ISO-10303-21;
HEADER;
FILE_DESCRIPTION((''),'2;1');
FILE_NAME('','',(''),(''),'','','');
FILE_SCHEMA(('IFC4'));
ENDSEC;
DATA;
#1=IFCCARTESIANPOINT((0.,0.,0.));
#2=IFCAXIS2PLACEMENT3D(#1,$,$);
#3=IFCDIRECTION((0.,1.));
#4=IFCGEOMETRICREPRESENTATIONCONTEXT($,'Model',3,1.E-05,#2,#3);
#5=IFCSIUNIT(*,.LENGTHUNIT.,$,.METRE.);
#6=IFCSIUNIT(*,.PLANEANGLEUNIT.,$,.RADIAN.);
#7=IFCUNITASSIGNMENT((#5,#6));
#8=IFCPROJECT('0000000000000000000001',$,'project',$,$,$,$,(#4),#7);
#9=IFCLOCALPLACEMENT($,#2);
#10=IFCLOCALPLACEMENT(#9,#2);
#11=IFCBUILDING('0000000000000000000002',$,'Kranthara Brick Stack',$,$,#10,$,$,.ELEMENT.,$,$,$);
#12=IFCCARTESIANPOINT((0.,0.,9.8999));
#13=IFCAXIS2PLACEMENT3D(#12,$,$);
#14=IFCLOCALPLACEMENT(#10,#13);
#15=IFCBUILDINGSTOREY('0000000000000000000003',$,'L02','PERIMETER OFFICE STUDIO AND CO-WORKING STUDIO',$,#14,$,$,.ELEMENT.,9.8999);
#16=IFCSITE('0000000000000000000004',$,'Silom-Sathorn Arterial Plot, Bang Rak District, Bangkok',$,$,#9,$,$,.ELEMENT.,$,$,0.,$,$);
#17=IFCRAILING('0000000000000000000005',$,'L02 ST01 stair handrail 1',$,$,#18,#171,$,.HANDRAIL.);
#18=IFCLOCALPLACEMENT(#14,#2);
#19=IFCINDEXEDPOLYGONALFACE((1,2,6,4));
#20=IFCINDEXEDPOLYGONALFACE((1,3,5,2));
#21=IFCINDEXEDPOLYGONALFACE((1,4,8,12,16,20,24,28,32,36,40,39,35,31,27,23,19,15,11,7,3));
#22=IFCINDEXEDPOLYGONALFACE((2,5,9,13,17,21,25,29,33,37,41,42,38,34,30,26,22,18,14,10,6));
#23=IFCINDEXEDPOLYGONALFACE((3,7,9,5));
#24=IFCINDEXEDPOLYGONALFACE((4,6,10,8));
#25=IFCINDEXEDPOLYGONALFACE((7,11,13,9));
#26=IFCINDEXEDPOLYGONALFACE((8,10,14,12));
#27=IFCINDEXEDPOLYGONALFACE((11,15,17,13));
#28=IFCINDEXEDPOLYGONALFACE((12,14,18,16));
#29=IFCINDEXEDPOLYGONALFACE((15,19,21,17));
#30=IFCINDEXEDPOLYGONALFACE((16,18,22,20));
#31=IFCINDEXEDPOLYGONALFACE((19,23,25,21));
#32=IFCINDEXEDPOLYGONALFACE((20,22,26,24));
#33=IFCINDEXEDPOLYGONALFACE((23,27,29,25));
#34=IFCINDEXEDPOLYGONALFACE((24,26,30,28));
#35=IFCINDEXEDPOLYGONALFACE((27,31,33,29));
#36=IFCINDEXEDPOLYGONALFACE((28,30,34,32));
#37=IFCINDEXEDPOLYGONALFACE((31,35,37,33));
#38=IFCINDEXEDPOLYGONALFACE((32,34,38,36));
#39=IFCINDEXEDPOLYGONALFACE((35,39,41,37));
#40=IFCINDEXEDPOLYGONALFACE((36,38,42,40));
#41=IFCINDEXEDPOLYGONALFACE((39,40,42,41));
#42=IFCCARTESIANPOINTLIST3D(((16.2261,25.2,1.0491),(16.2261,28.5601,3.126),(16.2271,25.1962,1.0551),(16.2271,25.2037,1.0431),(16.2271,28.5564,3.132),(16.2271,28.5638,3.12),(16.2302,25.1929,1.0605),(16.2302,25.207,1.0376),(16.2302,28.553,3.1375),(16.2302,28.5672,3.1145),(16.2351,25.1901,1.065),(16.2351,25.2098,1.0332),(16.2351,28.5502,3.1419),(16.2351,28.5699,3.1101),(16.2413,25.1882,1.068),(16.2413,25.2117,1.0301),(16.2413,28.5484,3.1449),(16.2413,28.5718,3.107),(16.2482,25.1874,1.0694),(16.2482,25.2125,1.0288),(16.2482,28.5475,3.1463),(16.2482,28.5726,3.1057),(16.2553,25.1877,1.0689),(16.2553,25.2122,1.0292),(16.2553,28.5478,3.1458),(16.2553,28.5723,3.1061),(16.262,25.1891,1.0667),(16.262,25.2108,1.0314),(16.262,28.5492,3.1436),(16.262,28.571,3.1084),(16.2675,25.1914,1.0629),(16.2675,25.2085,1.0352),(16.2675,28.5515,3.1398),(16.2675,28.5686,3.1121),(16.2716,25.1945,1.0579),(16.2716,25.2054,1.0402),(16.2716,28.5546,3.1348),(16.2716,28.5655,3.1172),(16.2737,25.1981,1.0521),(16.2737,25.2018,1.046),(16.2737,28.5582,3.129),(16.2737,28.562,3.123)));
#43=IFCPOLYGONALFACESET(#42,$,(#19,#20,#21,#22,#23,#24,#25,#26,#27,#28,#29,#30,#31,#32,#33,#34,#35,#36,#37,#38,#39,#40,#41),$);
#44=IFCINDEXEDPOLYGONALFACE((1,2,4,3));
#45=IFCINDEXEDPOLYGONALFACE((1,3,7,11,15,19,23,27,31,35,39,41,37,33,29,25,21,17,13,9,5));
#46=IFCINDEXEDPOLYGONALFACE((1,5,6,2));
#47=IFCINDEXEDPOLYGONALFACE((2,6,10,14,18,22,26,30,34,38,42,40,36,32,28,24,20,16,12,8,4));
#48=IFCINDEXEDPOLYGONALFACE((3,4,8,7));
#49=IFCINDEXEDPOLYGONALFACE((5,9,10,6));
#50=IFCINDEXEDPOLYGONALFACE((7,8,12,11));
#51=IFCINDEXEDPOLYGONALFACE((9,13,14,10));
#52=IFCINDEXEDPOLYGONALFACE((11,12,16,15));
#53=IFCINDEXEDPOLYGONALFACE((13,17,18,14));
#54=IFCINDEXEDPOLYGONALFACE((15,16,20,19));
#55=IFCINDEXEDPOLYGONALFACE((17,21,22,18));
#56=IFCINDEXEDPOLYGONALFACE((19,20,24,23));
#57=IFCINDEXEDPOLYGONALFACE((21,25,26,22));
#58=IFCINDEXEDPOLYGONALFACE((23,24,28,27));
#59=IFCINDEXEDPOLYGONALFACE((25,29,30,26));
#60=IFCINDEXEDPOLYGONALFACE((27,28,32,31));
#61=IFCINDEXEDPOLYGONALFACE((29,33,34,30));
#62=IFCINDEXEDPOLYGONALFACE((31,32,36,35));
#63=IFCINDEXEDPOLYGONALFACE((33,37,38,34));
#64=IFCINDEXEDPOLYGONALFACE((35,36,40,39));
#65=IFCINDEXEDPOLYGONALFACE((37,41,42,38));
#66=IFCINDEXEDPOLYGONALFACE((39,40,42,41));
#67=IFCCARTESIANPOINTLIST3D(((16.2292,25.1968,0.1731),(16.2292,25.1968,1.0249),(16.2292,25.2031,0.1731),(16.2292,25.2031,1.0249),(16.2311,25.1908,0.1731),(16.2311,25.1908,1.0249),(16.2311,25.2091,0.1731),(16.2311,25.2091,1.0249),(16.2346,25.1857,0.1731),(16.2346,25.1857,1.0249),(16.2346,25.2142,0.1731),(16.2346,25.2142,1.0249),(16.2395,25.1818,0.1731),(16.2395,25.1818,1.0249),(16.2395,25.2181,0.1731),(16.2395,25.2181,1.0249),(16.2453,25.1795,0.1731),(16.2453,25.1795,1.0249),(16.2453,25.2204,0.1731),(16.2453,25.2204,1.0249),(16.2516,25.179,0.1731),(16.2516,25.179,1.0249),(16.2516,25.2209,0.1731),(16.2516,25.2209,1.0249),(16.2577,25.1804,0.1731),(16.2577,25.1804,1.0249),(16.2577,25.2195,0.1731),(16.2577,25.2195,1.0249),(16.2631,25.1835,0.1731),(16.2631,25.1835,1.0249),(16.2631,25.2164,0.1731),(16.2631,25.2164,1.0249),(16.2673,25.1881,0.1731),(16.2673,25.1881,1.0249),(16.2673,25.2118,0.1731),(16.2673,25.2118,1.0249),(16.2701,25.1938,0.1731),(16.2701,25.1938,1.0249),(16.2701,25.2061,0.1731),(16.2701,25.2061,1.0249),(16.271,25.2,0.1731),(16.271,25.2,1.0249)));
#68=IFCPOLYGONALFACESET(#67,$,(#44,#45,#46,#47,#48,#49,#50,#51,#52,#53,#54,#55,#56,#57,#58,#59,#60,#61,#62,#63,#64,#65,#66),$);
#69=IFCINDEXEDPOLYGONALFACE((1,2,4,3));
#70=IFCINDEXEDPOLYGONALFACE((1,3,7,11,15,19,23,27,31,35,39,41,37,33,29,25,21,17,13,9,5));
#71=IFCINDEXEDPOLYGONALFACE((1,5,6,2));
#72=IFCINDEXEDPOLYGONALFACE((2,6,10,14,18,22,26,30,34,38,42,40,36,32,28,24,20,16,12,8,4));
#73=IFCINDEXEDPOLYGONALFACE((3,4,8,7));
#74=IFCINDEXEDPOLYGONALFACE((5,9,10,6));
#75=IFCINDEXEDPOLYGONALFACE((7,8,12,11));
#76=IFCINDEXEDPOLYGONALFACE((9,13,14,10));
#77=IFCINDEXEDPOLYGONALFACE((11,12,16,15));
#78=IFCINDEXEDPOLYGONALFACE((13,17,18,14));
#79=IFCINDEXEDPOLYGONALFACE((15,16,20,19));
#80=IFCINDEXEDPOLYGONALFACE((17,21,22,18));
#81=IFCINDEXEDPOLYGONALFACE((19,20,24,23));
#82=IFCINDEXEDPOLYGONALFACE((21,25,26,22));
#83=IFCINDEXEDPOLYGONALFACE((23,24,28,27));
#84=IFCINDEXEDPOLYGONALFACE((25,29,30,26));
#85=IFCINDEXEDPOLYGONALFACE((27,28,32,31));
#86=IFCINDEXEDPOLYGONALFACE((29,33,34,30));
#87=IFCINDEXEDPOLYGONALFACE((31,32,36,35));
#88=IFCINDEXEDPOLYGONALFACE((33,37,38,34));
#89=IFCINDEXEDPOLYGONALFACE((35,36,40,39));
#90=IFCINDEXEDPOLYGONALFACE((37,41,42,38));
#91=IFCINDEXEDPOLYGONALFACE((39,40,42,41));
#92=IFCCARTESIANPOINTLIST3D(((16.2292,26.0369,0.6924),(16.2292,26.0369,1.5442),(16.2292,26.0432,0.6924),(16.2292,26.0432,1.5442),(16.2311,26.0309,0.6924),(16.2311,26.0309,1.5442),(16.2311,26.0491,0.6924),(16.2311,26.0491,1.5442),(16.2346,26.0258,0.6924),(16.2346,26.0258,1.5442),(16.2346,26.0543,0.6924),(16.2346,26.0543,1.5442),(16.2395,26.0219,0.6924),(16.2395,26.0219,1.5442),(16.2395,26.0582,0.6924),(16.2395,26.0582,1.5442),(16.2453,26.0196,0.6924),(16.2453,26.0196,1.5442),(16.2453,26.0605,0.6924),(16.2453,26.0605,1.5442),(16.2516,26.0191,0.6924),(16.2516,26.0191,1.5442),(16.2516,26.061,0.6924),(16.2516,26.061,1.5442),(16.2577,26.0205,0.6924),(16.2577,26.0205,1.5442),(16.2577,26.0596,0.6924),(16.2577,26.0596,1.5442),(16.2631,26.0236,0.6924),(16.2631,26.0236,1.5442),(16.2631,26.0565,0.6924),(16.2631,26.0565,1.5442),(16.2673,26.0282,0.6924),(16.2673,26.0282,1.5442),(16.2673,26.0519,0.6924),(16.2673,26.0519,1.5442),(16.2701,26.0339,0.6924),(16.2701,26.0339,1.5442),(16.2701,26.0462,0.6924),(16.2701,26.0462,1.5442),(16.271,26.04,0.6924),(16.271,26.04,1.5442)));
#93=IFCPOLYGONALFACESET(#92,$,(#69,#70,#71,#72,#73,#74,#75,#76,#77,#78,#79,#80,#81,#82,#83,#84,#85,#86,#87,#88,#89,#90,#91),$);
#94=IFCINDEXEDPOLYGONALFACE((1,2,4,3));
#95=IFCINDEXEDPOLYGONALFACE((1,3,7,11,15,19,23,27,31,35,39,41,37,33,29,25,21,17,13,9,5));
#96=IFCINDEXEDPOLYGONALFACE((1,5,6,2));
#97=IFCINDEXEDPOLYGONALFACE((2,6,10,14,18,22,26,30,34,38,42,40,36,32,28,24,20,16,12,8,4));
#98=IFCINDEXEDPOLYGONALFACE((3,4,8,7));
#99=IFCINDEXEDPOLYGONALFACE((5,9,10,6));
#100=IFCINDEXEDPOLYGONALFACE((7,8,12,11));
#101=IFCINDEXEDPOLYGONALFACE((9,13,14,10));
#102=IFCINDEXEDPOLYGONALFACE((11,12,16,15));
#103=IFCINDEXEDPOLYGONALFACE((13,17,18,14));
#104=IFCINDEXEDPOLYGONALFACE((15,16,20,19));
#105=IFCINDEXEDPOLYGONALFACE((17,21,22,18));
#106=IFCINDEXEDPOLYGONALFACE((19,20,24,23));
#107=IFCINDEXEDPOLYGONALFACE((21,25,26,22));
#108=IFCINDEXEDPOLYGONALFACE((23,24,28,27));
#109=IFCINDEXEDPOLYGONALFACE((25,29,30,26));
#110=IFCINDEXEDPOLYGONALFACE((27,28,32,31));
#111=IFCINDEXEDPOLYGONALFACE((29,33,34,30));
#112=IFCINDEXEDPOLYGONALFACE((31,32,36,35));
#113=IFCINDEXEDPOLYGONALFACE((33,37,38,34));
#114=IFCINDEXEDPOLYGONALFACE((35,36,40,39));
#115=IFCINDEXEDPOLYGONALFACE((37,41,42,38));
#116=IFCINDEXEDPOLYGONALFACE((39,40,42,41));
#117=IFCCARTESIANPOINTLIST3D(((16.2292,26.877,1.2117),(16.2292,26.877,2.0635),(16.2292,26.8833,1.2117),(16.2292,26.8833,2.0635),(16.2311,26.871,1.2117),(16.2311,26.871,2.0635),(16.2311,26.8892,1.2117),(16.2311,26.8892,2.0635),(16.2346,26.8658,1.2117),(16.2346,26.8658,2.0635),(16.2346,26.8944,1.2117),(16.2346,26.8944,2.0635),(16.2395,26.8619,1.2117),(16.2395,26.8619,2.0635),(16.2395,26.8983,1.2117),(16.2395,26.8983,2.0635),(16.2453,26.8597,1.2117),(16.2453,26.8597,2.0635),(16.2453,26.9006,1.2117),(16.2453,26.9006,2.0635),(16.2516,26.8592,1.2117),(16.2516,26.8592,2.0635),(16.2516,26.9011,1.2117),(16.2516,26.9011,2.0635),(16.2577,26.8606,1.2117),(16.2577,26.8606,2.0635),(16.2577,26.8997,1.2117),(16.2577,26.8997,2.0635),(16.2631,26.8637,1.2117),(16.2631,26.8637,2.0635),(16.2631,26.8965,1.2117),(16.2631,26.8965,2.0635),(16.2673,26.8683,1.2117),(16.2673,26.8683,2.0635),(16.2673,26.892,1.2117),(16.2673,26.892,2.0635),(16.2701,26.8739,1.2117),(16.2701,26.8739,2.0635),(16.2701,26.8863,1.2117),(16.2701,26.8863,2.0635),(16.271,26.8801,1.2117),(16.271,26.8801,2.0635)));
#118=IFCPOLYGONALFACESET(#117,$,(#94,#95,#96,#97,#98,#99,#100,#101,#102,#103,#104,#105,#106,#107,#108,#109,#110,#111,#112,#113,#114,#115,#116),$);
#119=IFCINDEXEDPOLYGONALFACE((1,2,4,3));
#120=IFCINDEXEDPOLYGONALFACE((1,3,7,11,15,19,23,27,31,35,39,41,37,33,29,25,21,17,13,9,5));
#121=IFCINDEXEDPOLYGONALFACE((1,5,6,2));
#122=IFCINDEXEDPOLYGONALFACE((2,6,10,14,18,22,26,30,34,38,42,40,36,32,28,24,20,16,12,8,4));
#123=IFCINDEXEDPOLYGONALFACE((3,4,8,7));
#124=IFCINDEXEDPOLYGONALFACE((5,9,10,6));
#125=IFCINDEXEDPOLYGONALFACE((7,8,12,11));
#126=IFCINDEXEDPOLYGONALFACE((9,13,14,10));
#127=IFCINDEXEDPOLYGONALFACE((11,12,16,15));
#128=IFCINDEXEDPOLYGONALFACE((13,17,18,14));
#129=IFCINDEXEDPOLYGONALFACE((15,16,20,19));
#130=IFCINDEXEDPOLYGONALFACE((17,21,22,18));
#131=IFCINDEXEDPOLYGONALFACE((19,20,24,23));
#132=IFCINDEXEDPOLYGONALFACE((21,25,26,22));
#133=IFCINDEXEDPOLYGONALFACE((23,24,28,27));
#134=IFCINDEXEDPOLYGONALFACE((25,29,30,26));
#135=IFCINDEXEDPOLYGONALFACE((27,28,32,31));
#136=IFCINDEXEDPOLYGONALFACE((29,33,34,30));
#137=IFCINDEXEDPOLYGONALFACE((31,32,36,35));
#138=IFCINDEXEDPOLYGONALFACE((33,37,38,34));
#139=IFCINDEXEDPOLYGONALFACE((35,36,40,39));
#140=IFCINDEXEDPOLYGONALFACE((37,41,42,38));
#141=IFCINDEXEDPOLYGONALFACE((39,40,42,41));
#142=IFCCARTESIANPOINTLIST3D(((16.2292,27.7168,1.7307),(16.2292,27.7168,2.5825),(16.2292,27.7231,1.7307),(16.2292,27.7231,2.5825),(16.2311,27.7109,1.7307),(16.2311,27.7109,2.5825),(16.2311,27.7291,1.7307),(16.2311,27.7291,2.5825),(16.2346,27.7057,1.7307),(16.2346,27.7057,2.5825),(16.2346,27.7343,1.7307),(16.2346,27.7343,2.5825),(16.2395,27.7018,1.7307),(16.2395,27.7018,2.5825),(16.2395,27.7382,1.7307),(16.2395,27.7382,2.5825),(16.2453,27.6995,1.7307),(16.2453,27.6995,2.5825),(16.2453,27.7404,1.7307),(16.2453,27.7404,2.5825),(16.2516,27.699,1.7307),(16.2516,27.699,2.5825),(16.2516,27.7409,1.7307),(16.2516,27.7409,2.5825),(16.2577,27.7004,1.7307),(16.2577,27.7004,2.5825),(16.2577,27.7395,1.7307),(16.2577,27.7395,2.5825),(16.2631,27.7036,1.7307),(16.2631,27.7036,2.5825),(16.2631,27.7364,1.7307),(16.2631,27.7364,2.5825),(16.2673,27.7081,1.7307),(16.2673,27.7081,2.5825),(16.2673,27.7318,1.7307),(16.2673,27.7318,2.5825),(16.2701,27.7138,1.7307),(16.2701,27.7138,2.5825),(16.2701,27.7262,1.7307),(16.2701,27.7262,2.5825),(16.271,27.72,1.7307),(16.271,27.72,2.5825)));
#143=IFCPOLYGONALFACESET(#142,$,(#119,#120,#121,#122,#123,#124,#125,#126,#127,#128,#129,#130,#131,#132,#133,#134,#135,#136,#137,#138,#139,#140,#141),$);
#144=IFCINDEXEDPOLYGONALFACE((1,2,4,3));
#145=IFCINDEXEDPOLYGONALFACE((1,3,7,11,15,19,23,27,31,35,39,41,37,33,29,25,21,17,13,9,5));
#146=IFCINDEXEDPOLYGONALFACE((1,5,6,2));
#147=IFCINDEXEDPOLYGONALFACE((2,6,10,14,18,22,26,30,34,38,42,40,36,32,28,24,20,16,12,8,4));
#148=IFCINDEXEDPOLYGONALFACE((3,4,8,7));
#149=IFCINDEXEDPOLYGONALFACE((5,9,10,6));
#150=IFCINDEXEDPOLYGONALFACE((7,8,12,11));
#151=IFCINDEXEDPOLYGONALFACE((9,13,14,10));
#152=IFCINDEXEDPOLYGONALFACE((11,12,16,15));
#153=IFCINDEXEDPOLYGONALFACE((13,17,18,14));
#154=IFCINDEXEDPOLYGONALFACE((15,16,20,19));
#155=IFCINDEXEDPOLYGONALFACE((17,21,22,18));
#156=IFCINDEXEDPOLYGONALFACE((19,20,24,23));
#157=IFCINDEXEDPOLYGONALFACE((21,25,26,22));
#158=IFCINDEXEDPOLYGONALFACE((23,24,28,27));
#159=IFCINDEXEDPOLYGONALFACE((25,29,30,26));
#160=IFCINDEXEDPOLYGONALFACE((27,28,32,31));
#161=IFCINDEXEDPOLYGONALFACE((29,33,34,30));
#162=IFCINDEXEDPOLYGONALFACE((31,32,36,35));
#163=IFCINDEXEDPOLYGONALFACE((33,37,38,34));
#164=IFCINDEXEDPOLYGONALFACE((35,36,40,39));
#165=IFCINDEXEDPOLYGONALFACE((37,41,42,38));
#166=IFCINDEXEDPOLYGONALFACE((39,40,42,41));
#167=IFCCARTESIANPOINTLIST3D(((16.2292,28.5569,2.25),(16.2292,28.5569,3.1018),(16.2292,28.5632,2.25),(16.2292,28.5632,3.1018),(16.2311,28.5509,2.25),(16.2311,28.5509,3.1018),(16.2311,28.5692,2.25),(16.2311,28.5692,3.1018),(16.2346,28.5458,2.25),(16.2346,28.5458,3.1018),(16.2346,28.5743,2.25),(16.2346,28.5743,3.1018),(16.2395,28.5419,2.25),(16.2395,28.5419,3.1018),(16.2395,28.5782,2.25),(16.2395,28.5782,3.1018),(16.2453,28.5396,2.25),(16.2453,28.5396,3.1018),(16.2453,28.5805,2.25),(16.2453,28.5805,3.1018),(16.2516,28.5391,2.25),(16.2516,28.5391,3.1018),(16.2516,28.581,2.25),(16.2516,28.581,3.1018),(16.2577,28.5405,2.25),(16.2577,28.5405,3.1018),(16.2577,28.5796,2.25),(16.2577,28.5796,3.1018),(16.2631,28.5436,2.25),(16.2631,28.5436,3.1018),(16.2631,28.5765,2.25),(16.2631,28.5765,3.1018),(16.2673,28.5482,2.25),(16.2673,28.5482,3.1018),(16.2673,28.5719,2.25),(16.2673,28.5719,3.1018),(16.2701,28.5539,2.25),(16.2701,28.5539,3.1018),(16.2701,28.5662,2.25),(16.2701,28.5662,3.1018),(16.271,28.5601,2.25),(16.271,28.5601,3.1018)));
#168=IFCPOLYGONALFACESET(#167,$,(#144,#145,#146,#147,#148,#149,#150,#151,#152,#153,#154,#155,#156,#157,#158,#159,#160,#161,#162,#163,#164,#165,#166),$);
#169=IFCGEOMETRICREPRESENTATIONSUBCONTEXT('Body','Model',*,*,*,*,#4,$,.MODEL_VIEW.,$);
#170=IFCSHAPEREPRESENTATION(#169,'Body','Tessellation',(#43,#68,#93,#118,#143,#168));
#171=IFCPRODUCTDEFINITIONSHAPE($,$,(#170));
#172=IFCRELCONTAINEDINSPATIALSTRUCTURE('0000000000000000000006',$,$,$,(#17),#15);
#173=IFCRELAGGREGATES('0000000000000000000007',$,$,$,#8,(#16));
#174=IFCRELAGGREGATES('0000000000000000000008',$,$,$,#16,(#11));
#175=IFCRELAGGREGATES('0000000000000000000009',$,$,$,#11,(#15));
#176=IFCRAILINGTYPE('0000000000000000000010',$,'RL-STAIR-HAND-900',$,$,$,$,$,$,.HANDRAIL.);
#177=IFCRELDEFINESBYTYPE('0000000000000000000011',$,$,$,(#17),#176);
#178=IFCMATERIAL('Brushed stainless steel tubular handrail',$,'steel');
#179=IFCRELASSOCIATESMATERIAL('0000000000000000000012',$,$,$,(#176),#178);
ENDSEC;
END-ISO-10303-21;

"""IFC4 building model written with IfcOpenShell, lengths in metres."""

from ifc_helpers import new_model, si_unit, direction, frame, origin, origin_2d, place, context, subcontext, project, spatial, circle, extrude, material, type_object, element, save


model = new_model("IFC4")

# Units and contexts
model_context = context("Model", 3, precision=1e-05, world=origin(), true_north=direction((0.0, 1.0)))
body_context = subcontext(model_context, "Body", "Model", "MODEL_VIEW")
ifc_project = project(units=[si_unit("LENGTHUNIT", "METRE"), si_unit("PLANEANGLEUNIT", "RADIAN")], contexts=[model_context])

# Site, building, storey
site_placement = place(None, origin())
site = spatial("IfcSite", under=ifc_project, at=site_placement, Name="Silom-Sathorn Arterial Plot, Bang Rak District, Bangkok", CompositionType="ELEMENT", RefElevation=0.0)
building_placement = place(site_placement, origin())
building = spatial("IfcBuilding", under=site, at=building_placement, Name="Kranthara Brick Stack", CompositionType="ELEMENT")
storey_placement = place(building_placement, frame((0.0, 0.0, 9.8999)))
storey = spatial("IfcBuildingStorey", under=building, at=storey_placement, Name="L02", Description="PERIMETER OFFICE STUDIO AND CO-WORKING STUDIO", CompositionType="ELEMENT", Elevation=9.8999)

# Railing
ifc_material_1 = material(Name="Brushed stainless steel tubular handrail", Category="steel")
railing_type_1 = type_object("IfcRailingType", Name="RL-STAIR-HAND-900", PredefinedType="HANDRAIL", material=ifc_material_1)
railing_1_placement = place(storey_placement, frame((16.25, 25.2, 0.1731)))
element("IfcRailing", 1, at=railing_1_placement, inside=storey, type_object=railing_type_1, Name="L02 ST01 stair handrail 1", PredefinedType="HANDRAIL", context=body_context, shape_type="SweptSolid", body=[
    extrude(circle(Radius=0.0239, at=origin_2d()), frame((0.0, 0.0, 0.876), z_axis=(0.0, 0.850623, 0.525776), x_axis=(-1.0, 0.0, 0.0)), (0.0, 0.0, 1.0), 3.9502),
    extrude(circle(Radius=0.021, at=origin_2d()), origin(), (0.0, 0.0, 1.0), 0.8518),
    extrude(circle(Radius=0.021, at=origin_2d()), frame((0.0, 0.8401, 0.5193)), (0.0, 0.0, 1.0), 0.8518),
    extrude(circle(Radius=0.021, at=origin_2d()), frame((0.0, 1.6802, 1.0386)), (0.0, 0.0, 1.0), 0.8518),
    extrude(circle(Radius=0.021, at=origin_2d()), frame((0.0, 2.52, 1.5576)), (0.0, 0.0, 1.0), 0.8518),
    extrude(circle(Radius=0.021, at=origin_2d()), frame((0.0, 3.3601, 2.0769)), (0.0, 0.0, 1.0), 0.8518),
])

save(model, "model.ifc")
